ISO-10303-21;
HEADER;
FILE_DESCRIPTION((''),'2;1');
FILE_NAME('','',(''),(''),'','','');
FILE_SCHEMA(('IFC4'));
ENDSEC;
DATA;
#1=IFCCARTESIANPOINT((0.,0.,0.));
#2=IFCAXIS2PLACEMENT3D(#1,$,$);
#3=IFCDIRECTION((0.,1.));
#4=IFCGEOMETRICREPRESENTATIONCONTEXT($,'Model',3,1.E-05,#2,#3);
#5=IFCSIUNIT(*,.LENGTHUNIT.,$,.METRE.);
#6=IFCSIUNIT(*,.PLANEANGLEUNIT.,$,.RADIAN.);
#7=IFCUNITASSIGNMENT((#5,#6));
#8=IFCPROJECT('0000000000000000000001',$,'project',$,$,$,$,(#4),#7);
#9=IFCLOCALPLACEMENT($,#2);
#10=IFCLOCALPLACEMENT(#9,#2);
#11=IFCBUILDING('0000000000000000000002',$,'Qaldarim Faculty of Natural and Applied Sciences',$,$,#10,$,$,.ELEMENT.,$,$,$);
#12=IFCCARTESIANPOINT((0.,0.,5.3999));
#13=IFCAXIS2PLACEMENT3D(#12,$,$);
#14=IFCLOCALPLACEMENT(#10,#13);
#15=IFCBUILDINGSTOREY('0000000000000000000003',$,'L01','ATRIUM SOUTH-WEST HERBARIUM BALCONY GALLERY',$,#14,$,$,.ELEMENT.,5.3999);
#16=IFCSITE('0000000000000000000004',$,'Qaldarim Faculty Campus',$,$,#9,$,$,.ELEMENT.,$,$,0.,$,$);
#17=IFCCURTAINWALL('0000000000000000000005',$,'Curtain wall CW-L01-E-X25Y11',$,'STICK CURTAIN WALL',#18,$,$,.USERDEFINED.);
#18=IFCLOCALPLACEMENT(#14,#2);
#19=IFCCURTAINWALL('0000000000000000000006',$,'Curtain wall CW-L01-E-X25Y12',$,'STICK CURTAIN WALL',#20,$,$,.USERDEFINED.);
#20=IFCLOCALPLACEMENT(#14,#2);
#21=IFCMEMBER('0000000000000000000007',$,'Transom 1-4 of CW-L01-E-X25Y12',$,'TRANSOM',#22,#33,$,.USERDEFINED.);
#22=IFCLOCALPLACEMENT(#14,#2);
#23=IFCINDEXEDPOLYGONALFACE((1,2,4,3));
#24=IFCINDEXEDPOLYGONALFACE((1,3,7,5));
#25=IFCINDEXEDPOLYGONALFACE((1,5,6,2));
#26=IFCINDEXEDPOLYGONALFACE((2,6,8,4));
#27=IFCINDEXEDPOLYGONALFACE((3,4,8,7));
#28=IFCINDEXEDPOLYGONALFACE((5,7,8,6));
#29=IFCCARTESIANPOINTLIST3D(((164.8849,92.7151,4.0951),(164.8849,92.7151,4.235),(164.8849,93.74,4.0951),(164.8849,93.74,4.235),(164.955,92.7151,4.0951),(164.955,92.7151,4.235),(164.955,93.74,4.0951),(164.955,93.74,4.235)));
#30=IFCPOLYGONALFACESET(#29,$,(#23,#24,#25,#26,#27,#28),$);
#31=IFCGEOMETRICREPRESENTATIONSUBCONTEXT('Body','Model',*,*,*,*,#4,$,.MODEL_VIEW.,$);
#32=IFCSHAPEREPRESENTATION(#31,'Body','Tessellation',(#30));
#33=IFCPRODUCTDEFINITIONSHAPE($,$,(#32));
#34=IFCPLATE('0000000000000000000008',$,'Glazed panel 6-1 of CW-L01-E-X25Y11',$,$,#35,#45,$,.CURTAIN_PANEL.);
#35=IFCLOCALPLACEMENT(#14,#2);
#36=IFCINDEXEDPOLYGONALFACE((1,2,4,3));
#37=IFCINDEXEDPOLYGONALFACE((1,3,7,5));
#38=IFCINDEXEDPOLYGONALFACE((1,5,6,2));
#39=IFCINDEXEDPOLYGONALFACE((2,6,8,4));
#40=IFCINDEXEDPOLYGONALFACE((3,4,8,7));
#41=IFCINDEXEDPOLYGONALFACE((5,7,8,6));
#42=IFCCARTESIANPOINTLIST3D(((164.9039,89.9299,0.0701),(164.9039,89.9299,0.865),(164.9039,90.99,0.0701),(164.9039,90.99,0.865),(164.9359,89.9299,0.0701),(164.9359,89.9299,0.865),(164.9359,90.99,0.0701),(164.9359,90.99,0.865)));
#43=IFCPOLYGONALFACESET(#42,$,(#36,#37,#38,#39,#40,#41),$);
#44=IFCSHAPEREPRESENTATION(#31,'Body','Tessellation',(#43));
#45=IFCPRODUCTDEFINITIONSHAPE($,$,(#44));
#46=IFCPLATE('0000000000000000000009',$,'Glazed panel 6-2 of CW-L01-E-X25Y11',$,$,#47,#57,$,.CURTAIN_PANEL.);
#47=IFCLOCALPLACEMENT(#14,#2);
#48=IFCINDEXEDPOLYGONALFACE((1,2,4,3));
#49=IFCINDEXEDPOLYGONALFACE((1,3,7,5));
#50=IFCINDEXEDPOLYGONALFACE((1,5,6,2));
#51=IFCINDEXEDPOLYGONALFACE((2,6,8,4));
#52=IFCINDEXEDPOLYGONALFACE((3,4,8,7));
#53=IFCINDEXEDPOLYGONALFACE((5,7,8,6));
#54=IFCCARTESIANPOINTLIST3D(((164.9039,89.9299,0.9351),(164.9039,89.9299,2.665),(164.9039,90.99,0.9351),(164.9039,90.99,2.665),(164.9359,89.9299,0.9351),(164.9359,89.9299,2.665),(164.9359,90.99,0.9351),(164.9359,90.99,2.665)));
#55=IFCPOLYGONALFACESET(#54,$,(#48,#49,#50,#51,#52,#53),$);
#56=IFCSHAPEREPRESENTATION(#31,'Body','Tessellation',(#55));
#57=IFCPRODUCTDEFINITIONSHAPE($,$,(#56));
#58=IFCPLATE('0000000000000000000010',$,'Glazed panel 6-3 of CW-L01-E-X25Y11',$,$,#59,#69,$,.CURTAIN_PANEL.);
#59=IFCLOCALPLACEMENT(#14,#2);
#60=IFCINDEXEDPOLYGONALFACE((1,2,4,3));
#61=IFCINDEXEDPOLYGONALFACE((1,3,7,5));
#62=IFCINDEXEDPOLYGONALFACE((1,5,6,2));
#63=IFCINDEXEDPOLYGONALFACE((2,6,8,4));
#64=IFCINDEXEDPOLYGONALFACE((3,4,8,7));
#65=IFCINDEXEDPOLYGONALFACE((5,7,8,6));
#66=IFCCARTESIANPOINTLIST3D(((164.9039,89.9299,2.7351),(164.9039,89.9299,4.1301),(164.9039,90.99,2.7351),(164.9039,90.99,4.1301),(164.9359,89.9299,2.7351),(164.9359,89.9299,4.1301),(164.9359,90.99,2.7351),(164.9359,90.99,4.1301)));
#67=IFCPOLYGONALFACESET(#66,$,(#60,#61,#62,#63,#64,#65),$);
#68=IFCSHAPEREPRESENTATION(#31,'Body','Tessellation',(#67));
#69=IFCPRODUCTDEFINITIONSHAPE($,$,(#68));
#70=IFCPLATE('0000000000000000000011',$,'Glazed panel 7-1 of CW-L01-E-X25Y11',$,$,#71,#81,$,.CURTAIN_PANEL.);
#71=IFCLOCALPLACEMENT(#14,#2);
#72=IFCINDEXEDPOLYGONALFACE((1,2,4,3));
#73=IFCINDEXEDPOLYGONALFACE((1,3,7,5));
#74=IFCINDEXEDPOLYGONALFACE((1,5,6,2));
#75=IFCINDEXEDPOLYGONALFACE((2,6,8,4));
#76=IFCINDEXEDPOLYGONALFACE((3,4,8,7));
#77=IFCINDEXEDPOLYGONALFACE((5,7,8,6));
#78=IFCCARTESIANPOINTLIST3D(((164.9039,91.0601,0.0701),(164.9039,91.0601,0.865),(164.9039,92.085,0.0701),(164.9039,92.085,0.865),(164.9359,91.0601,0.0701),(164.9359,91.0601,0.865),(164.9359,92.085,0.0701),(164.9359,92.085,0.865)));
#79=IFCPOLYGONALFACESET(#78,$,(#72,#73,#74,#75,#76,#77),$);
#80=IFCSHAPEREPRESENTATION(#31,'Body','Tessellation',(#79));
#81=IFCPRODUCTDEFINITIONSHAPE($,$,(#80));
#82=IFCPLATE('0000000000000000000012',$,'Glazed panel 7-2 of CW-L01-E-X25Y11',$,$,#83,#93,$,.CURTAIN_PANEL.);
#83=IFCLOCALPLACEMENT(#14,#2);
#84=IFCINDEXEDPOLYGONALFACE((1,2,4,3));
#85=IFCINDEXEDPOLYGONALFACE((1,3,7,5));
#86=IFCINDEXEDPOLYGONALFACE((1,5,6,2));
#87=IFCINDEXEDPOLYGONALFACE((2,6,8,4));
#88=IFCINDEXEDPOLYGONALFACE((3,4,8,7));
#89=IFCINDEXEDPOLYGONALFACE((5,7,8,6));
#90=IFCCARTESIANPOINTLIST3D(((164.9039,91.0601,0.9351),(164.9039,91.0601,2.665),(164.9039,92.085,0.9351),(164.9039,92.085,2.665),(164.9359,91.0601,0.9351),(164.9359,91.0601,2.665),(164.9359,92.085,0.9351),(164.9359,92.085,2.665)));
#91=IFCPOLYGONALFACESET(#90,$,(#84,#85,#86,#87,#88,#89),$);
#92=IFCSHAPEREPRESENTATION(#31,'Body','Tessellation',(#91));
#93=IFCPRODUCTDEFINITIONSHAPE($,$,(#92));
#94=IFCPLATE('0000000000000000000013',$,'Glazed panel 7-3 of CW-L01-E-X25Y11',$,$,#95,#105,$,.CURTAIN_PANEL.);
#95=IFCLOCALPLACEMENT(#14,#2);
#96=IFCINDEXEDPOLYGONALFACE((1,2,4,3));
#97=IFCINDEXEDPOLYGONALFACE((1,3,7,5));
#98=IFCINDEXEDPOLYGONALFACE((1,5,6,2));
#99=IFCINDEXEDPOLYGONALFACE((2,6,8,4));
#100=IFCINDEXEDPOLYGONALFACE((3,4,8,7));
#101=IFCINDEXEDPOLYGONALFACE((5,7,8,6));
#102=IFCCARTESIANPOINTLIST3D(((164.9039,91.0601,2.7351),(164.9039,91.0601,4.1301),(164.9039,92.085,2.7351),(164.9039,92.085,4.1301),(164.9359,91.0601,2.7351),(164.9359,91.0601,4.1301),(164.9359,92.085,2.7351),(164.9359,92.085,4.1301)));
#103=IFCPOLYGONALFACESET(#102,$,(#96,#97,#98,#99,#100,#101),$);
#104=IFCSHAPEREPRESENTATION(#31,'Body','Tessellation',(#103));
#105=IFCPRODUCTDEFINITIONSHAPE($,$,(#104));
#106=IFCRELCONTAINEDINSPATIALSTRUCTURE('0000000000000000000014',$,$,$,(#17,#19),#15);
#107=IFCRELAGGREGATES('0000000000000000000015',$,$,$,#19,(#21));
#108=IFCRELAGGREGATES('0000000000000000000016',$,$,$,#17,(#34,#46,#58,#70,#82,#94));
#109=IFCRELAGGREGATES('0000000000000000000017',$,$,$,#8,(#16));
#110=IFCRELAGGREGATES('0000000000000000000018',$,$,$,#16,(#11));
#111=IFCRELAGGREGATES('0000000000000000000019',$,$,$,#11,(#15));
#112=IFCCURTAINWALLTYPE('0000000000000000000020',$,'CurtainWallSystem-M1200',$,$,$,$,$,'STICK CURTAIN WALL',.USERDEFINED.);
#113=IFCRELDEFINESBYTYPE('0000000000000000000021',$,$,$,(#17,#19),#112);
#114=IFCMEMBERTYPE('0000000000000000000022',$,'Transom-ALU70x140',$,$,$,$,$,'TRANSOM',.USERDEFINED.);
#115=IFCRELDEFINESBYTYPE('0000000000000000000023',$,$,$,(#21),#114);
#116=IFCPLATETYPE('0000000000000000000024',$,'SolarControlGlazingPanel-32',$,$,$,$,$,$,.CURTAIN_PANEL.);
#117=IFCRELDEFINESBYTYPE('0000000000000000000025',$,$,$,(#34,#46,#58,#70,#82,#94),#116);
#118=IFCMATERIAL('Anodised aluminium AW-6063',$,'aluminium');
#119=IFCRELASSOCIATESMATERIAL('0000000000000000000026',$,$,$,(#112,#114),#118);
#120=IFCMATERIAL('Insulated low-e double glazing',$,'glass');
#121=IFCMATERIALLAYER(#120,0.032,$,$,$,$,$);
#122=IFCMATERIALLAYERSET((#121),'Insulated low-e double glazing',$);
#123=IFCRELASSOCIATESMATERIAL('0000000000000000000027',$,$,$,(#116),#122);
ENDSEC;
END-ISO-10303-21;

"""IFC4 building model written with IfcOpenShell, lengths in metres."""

from ifc_helpers import new_model, si_unit, direction, frame, origin, origin_2d, place, context, subcontext, project, spatial, rectangle, extrude, material, layer, layer_set, material_profile, profile_set, type_object, element, aggregate, save


model = new_model("IFC4")

# Units and contexts
model_context = context("Model", 3, precision=1e-05, world=origin(), true_north=direction((0.0, 1.0)))
body_context = subcontext(model_context, "Body", "Model", "MODEL_VIEW")
ifc_project = project(units=[si_unit("LENGTHUNIT", "METRE"), si_unit("PLANEANGLEUNIT", "RADIAN")], contexts=[model_context])

# Site, building, storey
site_placement = place(None, origin())
site = spatial("IfcSite", under=ifc_project, at=site_placement, Name="Qaldarim Faculty Campus", CompositionType="ELEMENT", RefElevation=0.0)
building_placement = place(site_placement, origin())
building = spatial("IfcBuilding", under=site, at=building_placement, Name="Qaldarim Faculty of Natural and Applied Sciences", CompositionType="ELEMENT")
storey_placement = place(building_placement, frame((0.0, 0.0, 5.3999)))
storey = spatial("IfcBuildingStorey", under=building, at=storey_placement, Name="L01", Description="ATRIUM SOUTH-WEST HERBARIUM BALCONY GALLERY", CompositionType="ELEMENT", Elevation=5.3999)

# Curtain wall
ifc_material_1 = material(Name="Anodised aluminium AW-6063", Category="aluminium")
curtain_wall_type = type_object("IfcCurtainWallType", Name="CurtainWallSystem-M1200", ElementType="STICK CURTAIN WALL", PredefinedType="USERDEFINED", material=ifc_material_1)
curtain_wall_1_placement = place(storey_placement, origin())
curtain_wall_1 = element("IfcCurtainWall", 1, at=curtain_wall_1_placement, inside=storey, type_object=curtain_wall_type, Name="Curtain wall CW-L01-E-X25Y11", ObjectType="STICK CURTAIN WALL", PredefinedType="USERDEFINED")

# Curtain wall
curtain_wall_2_placement = place(storey_placement, origin())
curtain_wall_2 = element("IfcCurtainWall", 2, at=curtain_wall_2_placement, inside=storey, type_object=curtain_wall_type, Name="Curtain wall CW-L01-E-X25Y12", ObjectType="STICK CURTAIN WALL", PredefinedType="USERDEFINED")

# Member
ifc_material_profile_1 = material_profile(ifc_material_1, rectangle(XDim=0.0701, YDim=0.1399, at=origin_2d()), Name="ALU-T70x140")
ifc_profile_set_1 = profile_set([ifc_material_profile_1], Name="Anodised aluminium AW-6063")
member_type_1 = type_object("IfcMemberType", Name="Transom-ALU70x140", ElementType="TRANSOM", PredefinedType="USERDEFINED", material=ifc_profile_set_1)
member_1_placement = place(storey_placement, frame((164.9199, 92.7151, 4.165), z_axis=(0.0, 1.0, 0.0), x_axis=(-1.0, 0.0, 0.0)))
member_1 = element("IfcMember", 3, at=member_1_placement, type_object=member_type_1, Name="Transom 1-4 of CW-L01-E-X25Y12", ObjectType="TRANSOM", PredefinedType="USERDEFINED", context=body_context, shape_type="SweptSolid", body=[
    extrude(rectangle(XDim=0.0701, YDim=0.1399, at=origin_2d()), origin(), (0.0, 0.0, 1.0), 1.0249),
])
aggregate(curtain_wall_2, [member_1])

# Plates
ifc_material_2 = material(Name="Insulated low-e double glazing", Category="glass")
ifc_layer = layer(ifc_material_2, 0.032)
ifc_layer_set = layer_set([ifc_layer], Name="Insulated low-e double glazing")
plate_type = type_object("IfcPlateType", Name="SolarControlGlazingPanel-32", PredefinedType="CURTAIN_PANEL", material=ifc_layer_set)
plate_1_placement = place(storey_placement, frame((164.9199, 90.46, 0.0701), z_axis=(0.0, 0.0, 1.0), x_axis=(0.0, 1.0, 0.0)))
plate_1 = element("IfcPlate", 4, at=plate_1_placement, type_object=plate_type, Name="Glazed panel 6-1 of CW-L01-E-X25Y11", PredefinedType="CURTAIN_PANEL", context=body_context, shape_type="SweptSolid", body=[
    extrude(rectangle(XDim=1.0601, YDim=0.032, at=origin_2d()), origin(), (0.0, 0.0, 1.0), 0.7949),
])
plate_2_placement = place(storey_placement, frame((164.9199, 90.46, 0.9351), z_axis=(0.0, 0.0, 1.0), x_axis=(0.0, 1.0, 0.0)))
plate_2 = element("IfcPlate", 5, at=plate_2_placement, type_object=plate_type, Name="Glazed panel 6-2 of CW-L01-E-X25Y11", PredefinedType="CURTAIN_PANEL", context=body_context, shape_type="SweptSolid", body=[
    extrude(rectangle(XDim=1.0601, YDim=0.032, at=origin_2d()), origin(), (0.0, 0.0, 1.0), 1.73),
])
plate_3_placement = place(storey_placement, frame((164.9199, 90.46, 2.7351), z_axis=(0.0, 0.0, 1.0), x_axis=(0.0, 1.0, 0.0)))
plate_3 = element("IfcPlate", 6, at=plate_3_placement, type_object=plate_type, Name="Glazed panel 6-3 of CW-L01-E-X25Y11", PredefinedType="CURTAIN_PANEL", context=body_context, shape_type="SweptSolid", body=[
    extrude(rectangle(XDim=1.0601, YDim=0.032, at=origin_2d()), origin(), (0.0, 0.0, 1.0), 1.395),
])
plate_4_placement = place(storey_placement, frame((164.9199, 91.5725, 0.0701), z_axis=(0.0, 0.0, 1.0), x_axis=(0.0, 1.0, 0.0)))
plate_4 = element("IfcPlate", 7, at=plate_4_placement, type_object=plate_type, Name="Glazed panel 7-1 of CW-L01-E-X25Y11", PredefinedType="CURTAIN_PANEL", context=body_context, shape_type="SweptSolid", body=[
    extrude(rectangle(XDim=1.0249, YDim=0.032, at=origin_2d()), origin(), (0.0, 0.0, 1.0), 0.7949),
])
plate_5_placement = place(storey_placement, frame((164.9199, 91.5725, 0.9351), z_axis=(0.0, 0.0, 1.0), x_axis=(0.0, 1.0, 0.0)))
plate_5 = element("IfcPlate", 8, at=plate_5_placement, type_object=plate_type, Name="Glazed panel 7-2 of CW-L01-E-X25Y11", PredefinedType="CURTAIN_PANEL", context=body_context, shape_type="SweptSolid", body=[
    extrude(rectangle(XDim=1.0249, YDim=0.032, at=origin_2d()), origin(), (0.0, 0.0, 1.0), 1.73),
])
plate_6_placement = place(storey_placement, frame((164.9199, 91.5725, 2.7351), z_axis=(0.0, 0.0, 1.0), x_axis=(0.0, 1.0, 0.0)))
plate_6 = element("IfcPlate", 9, at=plate_6_placement, type_object=plate_type, Name="Glazed panel 7-3 of CW-L01-E-X25Y11", PredefinedType="CURTAIN_PANEL", context=body_context, shape_type="SweptSolid", body=[
    extrude(rectangle(XDim=1.0249, YDim=0.032, at=origin_2d()), origin(), (0.0, 0.0, 1.0), 1.395),
])
aggregate(curtain_wall_1, [plate_1, plate_2, plate_3, plate_4, plate_5, plate_6])

save(model, "model.ifc")
